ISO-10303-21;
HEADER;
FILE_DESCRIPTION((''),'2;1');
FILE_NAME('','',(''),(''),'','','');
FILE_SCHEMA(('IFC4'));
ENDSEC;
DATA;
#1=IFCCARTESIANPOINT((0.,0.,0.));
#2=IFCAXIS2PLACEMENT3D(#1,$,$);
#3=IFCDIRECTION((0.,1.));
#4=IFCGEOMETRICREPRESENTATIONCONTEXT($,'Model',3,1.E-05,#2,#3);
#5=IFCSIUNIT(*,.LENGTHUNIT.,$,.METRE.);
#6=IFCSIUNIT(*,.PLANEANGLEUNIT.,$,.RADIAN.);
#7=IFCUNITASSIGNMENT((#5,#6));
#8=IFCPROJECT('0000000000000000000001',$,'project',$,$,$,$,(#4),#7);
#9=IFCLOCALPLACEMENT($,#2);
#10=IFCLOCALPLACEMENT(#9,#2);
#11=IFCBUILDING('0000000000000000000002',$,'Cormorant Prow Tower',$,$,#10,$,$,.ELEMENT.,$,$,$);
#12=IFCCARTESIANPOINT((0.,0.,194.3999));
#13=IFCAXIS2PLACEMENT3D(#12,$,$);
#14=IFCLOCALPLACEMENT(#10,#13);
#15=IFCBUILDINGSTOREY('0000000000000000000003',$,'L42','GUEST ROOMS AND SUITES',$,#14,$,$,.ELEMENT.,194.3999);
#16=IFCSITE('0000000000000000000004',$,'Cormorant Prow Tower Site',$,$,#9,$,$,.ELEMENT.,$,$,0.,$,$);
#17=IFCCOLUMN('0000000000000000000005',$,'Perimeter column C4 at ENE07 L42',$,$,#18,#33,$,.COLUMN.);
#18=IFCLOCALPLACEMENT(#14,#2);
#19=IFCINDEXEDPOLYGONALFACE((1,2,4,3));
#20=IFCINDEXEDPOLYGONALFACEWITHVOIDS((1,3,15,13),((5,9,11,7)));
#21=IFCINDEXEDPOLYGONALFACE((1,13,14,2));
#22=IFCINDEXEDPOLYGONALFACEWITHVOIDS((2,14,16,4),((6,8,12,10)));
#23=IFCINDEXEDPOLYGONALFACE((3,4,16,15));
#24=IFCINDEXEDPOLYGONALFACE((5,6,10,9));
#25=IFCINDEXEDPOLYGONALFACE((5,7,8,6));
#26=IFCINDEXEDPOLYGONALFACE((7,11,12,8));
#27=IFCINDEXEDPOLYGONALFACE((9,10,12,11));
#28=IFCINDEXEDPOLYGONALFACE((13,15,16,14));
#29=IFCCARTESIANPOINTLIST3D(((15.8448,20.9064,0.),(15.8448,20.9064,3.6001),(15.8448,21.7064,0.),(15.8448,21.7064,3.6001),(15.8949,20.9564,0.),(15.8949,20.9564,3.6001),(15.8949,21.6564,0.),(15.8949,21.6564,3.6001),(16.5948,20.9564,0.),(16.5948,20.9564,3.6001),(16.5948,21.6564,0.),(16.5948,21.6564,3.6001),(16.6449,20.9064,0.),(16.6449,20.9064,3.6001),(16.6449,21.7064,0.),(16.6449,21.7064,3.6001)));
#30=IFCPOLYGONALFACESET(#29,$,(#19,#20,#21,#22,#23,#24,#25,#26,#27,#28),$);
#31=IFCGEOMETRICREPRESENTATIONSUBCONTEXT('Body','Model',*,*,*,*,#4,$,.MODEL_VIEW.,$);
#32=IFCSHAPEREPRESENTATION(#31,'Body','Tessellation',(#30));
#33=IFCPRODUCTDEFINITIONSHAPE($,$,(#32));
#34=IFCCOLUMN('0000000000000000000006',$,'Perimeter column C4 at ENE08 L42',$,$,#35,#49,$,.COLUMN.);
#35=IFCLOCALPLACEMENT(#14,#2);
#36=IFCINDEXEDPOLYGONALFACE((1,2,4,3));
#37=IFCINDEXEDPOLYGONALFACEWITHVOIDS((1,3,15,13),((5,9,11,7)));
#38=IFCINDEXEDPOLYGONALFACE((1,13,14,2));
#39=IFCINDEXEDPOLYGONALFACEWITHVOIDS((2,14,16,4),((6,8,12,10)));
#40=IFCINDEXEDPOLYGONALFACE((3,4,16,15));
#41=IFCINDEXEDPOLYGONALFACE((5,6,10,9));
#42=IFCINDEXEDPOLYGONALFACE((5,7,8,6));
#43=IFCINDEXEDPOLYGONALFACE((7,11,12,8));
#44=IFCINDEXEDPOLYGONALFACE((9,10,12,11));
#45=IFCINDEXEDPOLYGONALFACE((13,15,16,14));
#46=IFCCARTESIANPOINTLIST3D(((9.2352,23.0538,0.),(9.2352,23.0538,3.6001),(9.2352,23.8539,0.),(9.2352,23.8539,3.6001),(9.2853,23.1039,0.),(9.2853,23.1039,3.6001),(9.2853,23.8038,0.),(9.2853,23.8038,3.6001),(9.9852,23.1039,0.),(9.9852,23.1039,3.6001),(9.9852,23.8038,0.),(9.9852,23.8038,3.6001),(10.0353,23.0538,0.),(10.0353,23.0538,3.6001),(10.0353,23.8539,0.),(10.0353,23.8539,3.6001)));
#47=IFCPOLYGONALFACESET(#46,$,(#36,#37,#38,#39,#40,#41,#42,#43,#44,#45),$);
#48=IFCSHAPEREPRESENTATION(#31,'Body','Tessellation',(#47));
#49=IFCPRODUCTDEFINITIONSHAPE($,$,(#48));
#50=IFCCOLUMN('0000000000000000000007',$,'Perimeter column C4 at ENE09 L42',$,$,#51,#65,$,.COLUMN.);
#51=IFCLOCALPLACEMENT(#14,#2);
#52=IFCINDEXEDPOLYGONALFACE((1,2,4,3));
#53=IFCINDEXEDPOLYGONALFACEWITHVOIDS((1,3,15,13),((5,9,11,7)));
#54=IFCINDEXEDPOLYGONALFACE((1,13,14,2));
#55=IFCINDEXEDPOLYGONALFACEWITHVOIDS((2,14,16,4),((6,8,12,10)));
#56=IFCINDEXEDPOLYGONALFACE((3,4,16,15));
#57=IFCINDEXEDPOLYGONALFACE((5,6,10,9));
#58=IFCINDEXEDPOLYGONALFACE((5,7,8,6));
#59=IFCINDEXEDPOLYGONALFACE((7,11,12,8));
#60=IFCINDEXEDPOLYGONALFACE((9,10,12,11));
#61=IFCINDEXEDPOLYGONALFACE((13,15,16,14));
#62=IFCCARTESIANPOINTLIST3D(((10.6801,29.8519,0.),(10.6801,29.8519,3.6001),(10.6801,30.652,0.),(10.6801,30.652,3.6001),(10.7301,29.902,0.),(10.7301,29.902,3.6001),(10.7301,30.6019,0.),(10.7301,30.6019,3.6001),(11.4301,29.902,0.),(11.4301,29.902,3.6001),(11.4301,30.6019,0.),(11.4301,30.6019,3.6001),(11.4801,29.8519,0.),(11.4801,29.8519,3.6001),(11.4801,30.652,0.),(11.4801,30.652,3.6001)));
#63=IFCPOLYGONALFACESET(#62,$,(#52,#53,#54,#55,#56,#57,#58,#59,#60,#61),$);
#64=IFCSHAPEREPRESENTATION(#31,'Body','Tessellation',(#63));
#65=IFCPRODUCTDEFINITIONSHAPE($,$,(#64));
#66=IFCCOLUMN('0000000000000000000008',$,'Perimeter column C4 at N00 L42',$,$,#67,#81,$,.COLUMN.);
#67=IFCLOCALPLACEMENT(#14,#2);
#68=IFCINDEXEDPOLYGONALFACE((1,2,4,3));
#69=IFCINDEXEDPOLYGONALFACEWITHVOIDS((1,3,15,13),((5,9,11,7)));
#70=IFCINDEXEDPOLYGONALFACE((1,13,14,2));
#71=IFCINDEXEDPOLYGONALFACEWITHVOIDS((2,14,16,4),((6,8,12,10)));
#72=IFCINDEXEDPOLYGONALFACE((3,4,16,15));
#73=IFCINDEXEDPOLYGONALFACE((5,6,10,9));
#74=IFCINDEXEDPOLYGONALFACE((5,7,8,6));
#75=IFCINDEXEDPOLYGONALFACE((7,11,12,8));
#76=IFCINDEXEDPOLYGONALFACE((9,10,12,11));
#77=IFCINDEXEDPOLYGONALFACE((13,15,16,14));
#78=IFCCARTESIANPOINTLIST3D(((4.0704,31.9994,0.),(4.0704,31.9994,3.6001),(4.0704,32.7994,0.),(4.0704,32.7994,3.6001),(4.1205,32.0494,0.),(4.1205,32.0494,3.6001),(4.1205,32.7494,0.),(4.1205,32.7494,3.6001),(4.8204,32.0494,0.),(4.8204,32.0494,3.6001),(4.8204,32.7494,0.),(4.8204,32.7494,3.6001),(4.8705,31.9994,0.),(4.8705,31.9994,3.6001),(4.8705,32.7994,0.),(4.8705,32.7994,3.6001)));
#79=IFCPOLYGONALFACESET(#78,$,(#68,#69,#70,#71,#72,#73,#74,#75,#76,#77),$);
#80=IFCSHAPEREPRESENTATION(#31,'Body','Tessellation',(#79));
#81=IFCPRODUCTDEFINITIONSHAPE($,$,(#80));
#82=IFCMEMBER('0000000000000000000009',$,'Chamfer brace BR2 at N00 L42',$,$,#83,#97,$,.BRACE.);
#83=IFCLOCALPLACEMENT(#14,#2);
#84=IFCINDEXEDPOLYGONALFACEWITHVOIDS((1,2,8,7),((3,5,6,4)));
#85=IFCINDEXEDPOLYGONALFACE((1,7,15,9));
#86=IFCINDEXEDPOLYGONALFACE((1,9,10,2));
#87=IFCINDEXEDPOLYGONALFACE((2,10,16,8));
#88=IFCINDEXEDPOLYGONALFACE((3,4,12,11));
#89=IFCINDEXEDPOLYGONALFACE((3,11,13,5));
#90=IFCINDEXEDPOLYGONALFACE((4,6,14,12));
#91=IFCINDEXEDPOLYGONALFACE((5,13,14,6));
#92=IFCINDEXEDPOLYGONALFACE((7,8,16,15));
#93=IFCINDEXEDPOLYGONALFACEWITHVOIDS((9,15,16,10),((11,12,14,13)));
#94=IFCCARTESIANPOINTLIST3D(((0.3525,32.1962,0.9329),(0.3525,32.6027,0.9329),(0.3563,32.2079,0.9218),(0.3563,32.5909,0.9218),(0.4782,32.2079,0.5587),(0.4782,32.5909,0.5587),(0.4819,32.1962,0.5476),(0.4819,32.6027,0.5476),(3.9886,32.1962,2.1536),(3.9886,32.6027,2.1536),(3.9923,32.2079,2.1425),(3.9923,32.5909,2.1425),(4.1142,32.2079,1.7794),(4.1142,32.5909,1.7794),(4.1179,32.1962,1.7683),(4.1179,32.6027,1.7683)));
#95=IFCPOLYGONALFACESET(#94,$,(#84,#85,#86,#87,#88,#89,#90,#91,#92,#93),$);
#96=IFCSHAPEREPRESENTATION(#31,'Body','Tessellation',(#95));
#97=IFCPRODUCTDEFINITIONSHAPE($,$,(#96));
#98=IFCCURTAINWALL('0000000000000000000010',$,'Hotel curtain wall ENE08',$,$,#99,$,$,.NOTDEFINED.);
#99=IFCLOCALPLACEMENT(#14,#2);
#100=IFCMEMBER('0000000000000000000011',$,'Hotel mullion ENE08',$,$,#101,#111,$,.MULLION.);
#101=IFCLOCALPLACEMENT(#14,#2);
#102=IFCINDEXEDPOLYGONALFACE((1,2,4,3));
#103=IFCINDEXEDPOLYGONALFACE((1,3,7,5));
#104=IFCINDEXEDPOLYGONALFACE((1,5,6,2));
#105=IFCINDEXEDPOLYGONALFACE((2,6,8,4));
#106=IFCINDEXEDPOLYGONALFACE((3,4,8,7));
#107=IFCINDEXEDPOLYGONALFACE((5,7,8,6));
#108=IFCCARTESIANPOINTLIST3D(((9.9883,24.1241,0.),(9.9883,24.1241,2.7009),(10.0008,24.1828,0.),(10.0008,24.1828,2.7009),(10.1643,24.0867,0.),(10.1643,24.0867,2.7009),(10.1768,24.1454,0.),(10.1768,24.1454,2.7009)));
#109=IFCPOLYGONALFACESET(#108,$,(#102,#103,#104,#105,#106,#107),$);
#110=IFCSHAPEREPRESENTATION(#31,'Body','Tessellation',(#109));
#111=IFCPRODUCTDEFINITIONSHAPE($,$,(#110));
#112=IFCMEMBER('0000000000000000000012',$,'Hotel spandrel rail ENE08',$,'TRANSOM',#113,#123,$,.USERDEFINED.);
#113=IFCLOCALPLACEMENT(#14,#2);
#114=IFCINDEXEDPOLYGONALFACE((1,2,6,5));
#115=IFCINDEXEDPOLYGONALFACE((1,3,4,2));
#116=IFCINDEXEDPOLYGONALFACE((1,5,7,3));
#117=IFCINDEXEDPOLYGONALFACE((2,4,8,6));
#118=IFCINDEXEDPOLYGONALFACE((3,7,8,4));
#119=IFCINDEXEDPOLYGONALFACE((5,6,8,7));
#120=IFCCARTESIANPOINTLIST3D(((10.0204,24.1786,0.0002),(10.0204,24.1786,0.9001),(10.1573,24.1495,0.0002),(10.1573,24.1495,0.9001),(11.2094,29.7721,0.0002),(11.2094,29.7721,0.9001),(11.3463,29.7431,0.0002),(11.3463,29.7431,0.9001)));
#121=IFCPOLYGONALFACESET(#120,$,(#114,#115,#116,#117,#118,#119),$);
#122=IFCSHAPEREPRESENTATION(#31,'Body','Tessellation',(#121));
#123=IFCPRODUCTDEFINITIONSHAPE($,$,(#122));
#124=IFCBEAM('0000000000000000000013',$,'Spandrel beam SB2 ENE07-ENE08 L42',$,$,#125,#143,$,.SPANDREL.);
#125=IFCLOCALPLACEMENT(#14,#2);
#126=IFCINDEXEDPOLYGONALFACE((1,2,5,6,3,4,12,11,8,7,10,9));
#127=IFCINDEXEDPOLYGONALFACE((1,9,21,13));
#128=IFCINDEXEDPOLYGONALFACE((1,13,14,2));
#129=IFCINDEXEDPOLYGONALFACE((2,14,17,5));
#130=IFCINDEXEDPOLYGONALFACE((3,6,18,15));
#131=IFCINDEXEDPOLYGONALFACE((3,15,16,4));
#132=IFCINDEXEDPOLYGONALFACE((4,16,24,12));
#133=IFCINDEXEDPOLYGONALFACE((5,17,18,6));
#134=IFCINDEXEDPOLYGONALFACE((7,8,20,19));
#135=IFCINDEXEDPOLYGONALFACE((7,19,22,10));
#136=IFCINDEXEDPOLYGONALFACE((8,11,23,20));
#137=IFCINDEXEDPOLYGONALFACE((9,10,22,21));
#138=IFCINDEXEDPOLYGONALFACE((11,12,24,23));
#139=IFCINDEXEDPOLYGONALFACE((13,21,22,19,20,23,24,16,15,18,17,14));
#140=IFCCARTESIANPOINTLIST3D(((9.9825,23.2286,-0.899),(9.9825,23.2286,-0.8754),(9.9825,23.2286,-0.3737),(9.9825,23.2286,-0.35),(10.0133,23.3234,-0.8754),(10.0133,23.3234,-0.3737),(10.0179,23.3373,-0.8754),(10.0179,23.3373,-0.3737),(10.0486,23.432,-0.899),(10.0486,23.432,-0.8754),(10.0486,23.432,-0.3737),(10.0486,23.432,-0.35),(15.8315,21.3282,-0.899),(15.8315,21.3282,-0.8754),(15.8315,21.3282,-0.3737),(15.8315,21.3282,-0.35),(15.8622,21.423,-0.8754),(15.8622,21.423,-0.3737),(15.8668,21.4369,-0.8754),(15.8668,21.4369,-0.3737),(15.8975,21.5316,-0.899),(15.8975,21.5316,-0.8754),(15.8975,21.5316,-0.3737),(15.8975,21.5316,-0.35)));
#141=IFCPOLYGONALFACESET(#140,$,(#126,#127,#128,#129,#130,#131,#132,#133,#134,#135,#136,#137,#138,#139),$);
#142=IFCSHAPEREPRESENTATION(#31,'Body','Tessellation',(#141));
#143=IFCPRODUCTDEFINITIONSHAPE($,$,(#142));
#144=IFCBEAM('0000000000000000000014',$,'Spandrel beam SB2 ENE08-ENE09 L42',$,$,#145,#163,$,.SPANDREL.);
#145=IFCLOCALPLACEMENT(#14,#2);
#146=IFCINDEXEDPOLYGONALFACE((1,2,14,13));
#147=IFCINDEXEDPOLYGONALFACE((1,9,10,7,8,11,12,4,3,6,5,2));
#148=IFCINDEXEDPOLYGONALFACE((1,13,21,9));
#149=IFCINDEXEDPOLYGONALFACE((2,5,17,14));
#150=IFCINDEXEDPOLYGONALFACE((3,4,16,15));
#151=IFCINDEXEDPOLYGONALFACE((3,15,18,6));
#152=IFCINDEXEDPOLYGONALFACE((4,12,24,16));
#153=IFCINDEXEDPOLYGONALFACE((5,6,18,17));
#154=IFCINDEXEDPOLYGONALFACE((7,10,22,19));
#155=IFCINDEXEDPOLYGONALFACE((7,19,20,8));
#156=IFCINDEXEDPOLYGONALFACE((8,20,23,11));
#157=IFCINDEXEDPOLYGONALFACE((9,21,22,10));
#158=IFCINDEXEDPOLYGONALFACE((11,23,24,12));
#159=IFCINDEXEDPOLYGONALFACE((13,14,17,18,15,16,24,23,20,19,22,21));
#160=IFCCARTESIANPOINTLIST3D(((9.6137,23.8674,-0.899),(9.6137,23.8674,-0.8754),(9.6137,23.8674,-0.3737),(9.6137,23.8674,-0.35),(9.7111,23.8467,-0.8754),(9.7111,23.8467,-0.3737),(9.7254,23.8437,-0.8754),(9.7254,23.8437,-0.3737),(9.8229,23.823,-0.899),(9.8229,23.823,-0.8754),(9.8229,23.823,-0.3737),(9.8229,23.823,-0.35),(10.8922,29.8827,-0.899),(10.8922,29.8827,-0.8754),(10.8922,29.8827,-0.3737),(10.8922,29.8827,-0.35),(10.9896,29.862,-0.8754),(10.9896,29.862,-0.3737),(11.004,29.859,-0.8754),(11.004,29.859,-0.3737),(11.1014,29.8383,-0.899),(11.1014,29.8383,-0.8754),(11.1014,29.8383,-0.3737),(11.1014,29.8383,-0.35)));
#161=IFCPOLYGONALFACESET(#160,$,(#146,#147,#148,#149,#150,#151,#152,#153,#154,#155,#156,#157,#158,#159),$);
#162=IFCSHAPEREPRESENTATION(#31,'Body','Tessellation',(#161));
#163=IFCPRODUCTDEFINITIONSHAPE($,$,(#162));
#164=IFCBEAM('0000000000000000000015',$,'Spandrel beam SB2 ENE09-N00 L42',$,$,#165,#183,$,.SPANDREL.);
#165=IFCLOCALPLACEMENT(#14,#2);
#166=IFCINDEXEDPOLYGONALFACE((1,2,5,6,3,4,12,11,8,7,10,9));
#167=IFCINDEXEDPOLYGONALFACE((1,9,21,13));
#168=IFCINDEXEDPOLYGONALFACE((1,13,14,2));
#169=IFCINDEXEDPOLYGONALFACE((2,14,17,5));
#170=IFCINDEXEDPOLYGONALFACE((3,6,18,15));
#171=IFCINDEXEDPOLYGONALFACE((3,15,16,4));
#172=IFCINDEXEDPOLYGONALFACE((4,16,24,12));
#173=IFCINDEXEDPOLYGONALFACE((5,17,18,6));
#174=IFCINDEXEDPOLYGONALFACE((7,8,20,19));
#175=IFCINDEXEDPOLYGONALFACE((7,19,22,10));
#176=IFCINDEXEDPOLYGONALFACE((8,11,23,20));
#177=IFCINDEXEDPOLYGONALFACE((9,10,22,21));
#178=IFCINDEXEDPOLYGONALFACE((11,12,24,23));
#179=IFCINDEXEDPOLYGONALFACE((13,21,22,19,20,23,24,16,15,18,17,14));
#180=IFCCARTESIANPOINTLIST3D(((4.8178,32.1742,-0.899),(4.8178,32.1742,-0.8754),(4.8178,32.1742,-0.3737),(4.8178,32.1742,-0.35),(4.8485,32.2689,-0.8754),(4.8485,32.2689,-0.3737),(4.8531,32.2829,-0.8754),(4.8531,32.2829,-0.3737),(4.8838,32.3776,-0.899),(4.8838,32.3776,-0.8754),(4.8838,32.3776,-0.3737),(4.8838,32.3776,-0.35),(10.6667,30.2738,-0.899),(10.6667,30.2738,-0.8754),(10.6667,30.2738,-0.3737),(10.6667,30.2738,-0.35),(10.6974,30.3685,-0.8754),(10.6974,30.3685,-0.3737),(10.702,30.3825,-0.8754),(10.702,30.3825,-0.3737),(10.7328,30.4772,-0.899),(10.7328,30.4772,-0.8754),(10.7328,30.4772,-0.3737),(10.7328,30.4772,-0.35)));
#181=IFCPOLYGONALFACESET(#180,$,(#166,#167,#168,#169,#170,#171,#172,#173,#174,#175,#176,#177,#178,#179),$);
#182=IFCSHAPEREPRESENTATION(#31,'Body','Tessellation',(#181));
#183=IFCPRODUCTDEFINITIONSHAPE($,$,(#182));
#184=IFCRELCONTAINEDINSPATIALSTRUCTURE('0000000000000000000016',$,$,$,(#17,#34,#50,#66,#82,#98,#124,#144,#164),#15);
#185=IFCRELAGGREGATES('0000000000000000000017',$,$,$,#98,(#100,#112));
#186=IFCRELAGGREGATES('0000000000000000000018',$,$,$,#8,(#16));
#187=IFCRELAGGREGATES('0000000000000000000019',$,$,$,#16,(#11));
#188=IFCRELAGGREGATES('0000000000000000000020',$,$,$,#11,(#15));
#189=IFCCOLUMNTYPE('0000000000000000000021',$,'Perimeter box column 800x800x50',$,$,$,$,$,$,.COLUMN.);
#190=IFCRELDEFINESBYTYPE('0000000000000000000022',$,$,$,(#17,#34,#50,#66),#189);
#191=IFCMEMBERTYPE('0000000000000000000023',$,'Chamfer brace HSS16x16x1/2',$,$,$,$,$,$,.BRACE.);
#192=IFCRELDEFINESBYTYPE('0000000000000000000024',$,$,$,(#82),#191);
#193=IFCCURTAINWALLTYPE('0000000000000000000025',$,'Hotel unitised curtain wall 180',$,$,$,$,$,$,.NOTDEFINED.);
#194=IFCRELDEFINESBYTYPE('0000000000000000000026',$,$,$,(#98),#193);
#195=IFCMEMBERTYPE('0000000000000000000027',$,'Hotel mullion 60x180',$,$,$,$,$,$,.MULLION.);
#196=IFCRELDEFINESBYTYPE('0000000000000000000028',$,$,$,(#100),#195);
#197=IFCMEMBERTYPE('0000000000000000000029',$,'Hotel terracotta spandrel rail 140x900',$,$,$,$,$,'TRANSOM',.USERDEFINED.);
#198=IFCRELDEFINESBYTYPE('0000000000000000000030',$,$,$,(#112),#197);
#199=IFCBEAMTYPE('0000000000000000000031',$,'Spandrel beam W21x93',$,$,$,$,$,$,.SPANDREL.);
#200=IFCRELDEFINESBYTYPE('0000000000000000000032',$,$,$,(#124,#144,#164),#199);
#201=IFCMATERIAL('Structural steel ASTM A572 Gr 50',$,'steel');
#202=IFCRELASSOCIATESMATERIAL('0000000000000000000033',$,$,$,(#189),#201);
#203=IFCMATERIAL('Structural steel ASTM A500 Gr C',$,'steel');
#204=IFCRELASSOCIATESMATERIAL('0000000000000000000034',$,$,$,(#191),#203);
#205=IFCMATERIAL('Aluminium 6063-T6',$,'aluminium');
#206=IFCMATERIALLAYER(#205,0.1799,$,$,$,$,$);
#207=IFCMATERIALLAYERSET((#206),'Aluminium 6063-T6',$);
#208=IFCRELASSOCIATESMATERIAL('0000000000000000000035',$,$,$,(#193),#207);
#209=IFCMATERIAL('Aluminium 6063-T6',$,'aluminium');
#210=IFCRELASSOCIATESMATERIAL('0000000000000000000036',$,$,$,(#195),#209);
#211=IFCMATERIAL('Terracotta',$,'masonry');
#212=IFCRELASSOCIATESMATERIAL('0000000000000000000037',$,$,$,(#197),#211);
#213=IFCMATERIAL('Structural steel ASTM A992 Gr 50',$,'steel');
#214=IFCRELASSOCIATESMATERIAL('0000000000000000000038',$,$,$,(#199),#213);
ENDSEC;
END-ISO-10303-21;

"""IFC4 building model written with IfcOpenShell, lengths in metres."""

from ifc_helpers import new_model, si_unit, direction, frame, origin, origin_2d, place, context, subcontext, project, spatial, rectangle, hollow_rectangle, i_section, extrude, material, layer, layer_set, material_profile, profile_set, type_object, element, aggregate, save


model = new_model("IFC4")

# Units and contexts
model_context = context("Model", 3, precision=1e-05, world=origin(), true_north=direction((0.0, 1.0)))
body_context = subcontext(model_context, "Body", "Model", "MODEL_VIEW")
ifc_project = project(units=[si_unit("LENGTHUNIT", "METRE"), si_unit("PLANEANGLEUNIT", "RADIAN")], contexts=[model_context])

# Site, building, storey
site_placement = place(None, origin())
site = spatial("IfcSite", under=ifc_project, at=site_placement, Name="Cormorant Prow Tower Site", CompositionType="ELEMENT", RefElevation=0.0)
building_placement = place(site_placement, origin())
building = spatial("IfcBuilding", under=site, at=building_placement, Name="Cormorant Prow Tower", CompositionType="ELEMENT")
storey_placement = place(building_placement, frame((0.0, 0.0, 194.3999)))
storey = spatial("IfcBuildingStorey", under=building, at=storey_placement, Name="L42", Description="GUEST ROOMS AND SUITES", CompositionType="ELEMENT", Elevation=194.3999)

# Columns
ifc_material_1 = material(Name="Structural steel ASTM A572 Gr 50", Category="steel")
ifc_material_profile_1 = material_profile(ifc_material_1, hollow_rectangle(XDim=0.8, YDim=0.8, WallThickness=0.05, at=origin_2d()), Name="Box 800x800x50")
ifc_profile_set_1 = profile_set([ifc_material_profile_1], Name="Structural steel ASTM A572 Gr 50")
column_type = type_object("IfcColumnType", Name="Perimeter box column 800x800x50", PredefinedType="COLUMN", material=ifc_profile_set_1)
for number, where, z_axis, x_axis, name in (
    (1, (16.2449, 21.3064, 0.0), (0.0, 0.0, 1.0), (1.0, 0.0, 0.0), "Perimeter column C4 at ENE07 L42"),
    (2, (9.6353, 23.4539, 0.0), (0.0, 0.0, 1.0), (1.0, 0.0, 0.0), "Perimeter column C4 at ENE08 L42"),
    (3, (11.0801, 30.252, 0.0), (0.0, 0.0, 1.0), (1.0, 0.0, 0.0), "Perimeter column C4 at ENE09 L42"),
    (4, (4.4705, 32.3994, 0.0), (0.0, 0.0, 1.0), (1.0, 0.0, 0.0), "Perimeter column C4 at N00 L42"),
):
    element("IfcColumn", number, at=place(storey_placement, frame(where, z_axis=z_axis, x_axis=x_axis)), inside=storey, type_object=column_type, Name=name, PredefinedType="COLUMN", context=body_context, shape_type="SweptSolid", body=[
        extrude(hollow_rectangle(XDim=0.8, YDim=0.8, WallThickness=0.05, at=origin_2d()), origin(), (0.0, 0.0, 1.0), 3.6001),
    ])

# Member
ifc_material_2 = material(Name="Structural steel ASTM A500 Gr C", Category="steel")
ifc_material_profile_2 = material_profile(ifc_material_2, hollow_rectangle(XDim=0.4065, YDim=0.4065, WallThickness=0.0117, at=origin_2d()), Name="HSS16x16x1/2")
ifc_profile_set_2 = profile_set([ifc_material_profile_2], Name="Structural steel ASTM A500 Gr C")
member_type_1 = type_object("IfcMemberType", Name="Chamfer brace HSS16x16x1/2", PredefinedType="BRACE", material=ifc_profile_set_2)
member_1_placement = place(storey_placement, frame((0.4172, 32.3994, 0.7402), z_axis=(0.948, 0.0, 0.31827), x_axis=(0.0, 1.0, 0.0)))
element("IfcMember", 5, at=member_1_placement, inside=storey, type_object=member_type_1, Name="Chamfer brace BR2 at N00 L42", PredefinedType="BRACE", context=body_context, shape_type="SweptSolid", body=[
    extrude(hollow_rectangle(XDim=0.4065, YDim=0.4065, WallThickness=0.0117, at=origin_2d()), origin(), (0.0, 0.0, 1.0), 3.8354),
])

# Curtain wall, members
ifc_material_3 = material(Name="Aluminium 6063-T6", Category="aluminium")
ifc_layer_1 = layer(ifc_material_3, 0.1799)
ifc_layer_set_1 = layer_set([ifc_layer_1], Name="Aluminium 6063-T6")
curtain_wall_type = type_object("IfcCurtainWallType", Name="Hotel unitised curtain wall 180", PredefinedType="NOTDEFINED", material=ifc_layer_set_1)
curtain_wall_1_placement = place(storey_placement, origin())
curtain_wall_1 = element("IfcCurtainWall", 6, at=curtain_wall_1_placement, inside=storey, type_object=curtain_wall_type, Name="Hotel curtain wall ENE08", PredefinedType="NOTDEFINED")
ifc_material_4 = material(Name="Aluminium 6063-T6", Category="aluminium")
ifc_material_profile_3 = material_profile(ifc_material_4, rectangle(XDim=0.1799, YDim=0.0601, at=origin_2d()), Name="Hotel mullion 60x180")
ifc_profile_set_3 = profile_set([ifc_material_profile_3], Name="Aluminium 6063-T6")
member_type_2 = type_object("IfcMemberType", Name="Hotel mullion 60x180", PredefinedType="MULLION", material=ifc_profile_set_3)
member_2_placement = place(storey_placement, frame((10.0825, 24.1348, 0.0), z_axis=(0.0, 0.0, 1.0), x_axis=(-0.978148, 0.207912, 0.0)))
member_2 = element("IfcMember", 7, at=member_2_placement, type_object=member_type_2, Name="Hotel mullion ENE08", PredefinedType="MULLION", context=body_context, shape_type="SweptSolid", body=[
    extrude(rectangle(XDim=0.1799, YDim=0.0601, at=origin_2d()), origin(), (0.0, 0.0, 1.0), 2.7009),
])
ifc_material_5 = material(Name="Terracotta", Category="masonry")
ifc_material_profile_4 = material_profile(ifc_material_5, rectangle(XDim=0.1399, YDim=0.8999, at=origin_2d()), Name="Hotel terracotta spandrel rail 140x900")
ifc_profile_set_4 = profile_set([ifc_material_profile_4], Name="Terracotta")
member_type_3 = type_object("IfcMemberType", Name="Hotel terracotta spandrel rail 140x900", ElementType="TRANSOM", PredefinedType="USERDEFINED", material=ifc_profile_set_4)
member_3_placement = place(storey_placement, frame((10.0889, 24.1641, 0.4502), z_axis=(0.207916, 0.978147, 0.0), x_axis=(-0.978147, 0.207916, 0.0)))
member_3 = element("IfcMember", 8, at=member_3_placement, type_object=member_type_3, Name="Hotel spandrel rail ENE08", ObjectType="TRANSOM", PredefinedType="USERDEFINED", context=body_context, shape_type="SweptSolid", body=[
    extrude(rectangle(XDim=0.1399, YDim=0.8999, at=origin_2d()), origin(), (0.0, 0.0, 1.0), 5.7185),
])

# Beams
ifc_material_6 = material(Name="Structural steel ASTM A992 Gr 50", Category="steel")
ifc_material_profile_5 = material_profile(ifc_material_6, i_section(OverallWidth=0.2139, OverallDepth=0.5491, WebThickness=0.0146, FlangeThickness=0.0237, at=origin_2d()), Name="W21x93")
ifc_profile_set_5 = profile_set([ifc_material_profile_5], Name="Structural steel ASTM A992 Gr 50")
beam_type = type_object("IfcBeamType", Name="Spandrel beam W21x93", PredefinedType="SPANDREL", material=ifc_profile_set_5)
beam_1_placement = place(storey_placement, frame((15.8645, 21.4299, -0.6245), z_axis=(-0.951058, 0.309013, 0.0), x_axis=(-0.309013, -0.951058, 0.0)))
element("IfcBeam", 9, at=beam_1_placement, inside=storey, type_object=beam_type, Name="Spandrel beam SB2 ENE07-ENE08 L42", PredefinedType="SPANDREL", context=body_context, shape_type="SweptSolid", body=[
    extrude(i_section(OverallWidth=0.2139, OverallDepth=0.5491, WebThickness=0.0146, FlangeThickness=0.0237, at=origin_2d()), origin(), (0.0, 0.0, 1.0), 6.1499),
])
beam_2_placement = place(storey_placement, frame((9.7183, 23.8452, -0.6245), z_axis=(0.207905, 0.978149, 0.0), x_axis=(-0.978149, 0.207905, 0.0)))
element("IfcBeam", 10, at=beam_2_placement, inside=storey, type_object=beam_type, Name="Spandrel beam SB2 ENE08-ENE09 L42", PredefinedType="SPANDREL", context=body_context, shape_type="SweptSolid", body=[
    extrude(i_section(OverallWidth=0.2139, OverallDepth=0.5491, WebThickness=0.0146, FlangeThickness=0.0237, at=origin_2d()), origin(), (0.0, 0.0, 1.0), 6.1497),
])
beam_3_placement = place(storey_placement, frame((10.6997, 30.3755, -0.6245), z_axis=(-0.951058, 0.309013, 0.0), x_axis=(-0.309013, -0.951058, 0.0)))
element("IfcBeam", 11, at=beam_3_placement, inside=storey, type_object=beam_type, Name="Spandrel beam SB2 ENE09-N00 L42", PredefinedType="SPANDREL", context=body_context, shape_type="SweptSolid", body=[
    extrude(i_section(OverallWidth=0.2139, OverallDepth=0.5491, WebThickness=0.0146, FlangeThickness=0.0237, at=origin_2d()), origin(), (0.0, 0.0, 1.0), 6.1499),
])

aggregate(curtain_wall_1, [member_2, member_3])

save(model, "model.ifc")
